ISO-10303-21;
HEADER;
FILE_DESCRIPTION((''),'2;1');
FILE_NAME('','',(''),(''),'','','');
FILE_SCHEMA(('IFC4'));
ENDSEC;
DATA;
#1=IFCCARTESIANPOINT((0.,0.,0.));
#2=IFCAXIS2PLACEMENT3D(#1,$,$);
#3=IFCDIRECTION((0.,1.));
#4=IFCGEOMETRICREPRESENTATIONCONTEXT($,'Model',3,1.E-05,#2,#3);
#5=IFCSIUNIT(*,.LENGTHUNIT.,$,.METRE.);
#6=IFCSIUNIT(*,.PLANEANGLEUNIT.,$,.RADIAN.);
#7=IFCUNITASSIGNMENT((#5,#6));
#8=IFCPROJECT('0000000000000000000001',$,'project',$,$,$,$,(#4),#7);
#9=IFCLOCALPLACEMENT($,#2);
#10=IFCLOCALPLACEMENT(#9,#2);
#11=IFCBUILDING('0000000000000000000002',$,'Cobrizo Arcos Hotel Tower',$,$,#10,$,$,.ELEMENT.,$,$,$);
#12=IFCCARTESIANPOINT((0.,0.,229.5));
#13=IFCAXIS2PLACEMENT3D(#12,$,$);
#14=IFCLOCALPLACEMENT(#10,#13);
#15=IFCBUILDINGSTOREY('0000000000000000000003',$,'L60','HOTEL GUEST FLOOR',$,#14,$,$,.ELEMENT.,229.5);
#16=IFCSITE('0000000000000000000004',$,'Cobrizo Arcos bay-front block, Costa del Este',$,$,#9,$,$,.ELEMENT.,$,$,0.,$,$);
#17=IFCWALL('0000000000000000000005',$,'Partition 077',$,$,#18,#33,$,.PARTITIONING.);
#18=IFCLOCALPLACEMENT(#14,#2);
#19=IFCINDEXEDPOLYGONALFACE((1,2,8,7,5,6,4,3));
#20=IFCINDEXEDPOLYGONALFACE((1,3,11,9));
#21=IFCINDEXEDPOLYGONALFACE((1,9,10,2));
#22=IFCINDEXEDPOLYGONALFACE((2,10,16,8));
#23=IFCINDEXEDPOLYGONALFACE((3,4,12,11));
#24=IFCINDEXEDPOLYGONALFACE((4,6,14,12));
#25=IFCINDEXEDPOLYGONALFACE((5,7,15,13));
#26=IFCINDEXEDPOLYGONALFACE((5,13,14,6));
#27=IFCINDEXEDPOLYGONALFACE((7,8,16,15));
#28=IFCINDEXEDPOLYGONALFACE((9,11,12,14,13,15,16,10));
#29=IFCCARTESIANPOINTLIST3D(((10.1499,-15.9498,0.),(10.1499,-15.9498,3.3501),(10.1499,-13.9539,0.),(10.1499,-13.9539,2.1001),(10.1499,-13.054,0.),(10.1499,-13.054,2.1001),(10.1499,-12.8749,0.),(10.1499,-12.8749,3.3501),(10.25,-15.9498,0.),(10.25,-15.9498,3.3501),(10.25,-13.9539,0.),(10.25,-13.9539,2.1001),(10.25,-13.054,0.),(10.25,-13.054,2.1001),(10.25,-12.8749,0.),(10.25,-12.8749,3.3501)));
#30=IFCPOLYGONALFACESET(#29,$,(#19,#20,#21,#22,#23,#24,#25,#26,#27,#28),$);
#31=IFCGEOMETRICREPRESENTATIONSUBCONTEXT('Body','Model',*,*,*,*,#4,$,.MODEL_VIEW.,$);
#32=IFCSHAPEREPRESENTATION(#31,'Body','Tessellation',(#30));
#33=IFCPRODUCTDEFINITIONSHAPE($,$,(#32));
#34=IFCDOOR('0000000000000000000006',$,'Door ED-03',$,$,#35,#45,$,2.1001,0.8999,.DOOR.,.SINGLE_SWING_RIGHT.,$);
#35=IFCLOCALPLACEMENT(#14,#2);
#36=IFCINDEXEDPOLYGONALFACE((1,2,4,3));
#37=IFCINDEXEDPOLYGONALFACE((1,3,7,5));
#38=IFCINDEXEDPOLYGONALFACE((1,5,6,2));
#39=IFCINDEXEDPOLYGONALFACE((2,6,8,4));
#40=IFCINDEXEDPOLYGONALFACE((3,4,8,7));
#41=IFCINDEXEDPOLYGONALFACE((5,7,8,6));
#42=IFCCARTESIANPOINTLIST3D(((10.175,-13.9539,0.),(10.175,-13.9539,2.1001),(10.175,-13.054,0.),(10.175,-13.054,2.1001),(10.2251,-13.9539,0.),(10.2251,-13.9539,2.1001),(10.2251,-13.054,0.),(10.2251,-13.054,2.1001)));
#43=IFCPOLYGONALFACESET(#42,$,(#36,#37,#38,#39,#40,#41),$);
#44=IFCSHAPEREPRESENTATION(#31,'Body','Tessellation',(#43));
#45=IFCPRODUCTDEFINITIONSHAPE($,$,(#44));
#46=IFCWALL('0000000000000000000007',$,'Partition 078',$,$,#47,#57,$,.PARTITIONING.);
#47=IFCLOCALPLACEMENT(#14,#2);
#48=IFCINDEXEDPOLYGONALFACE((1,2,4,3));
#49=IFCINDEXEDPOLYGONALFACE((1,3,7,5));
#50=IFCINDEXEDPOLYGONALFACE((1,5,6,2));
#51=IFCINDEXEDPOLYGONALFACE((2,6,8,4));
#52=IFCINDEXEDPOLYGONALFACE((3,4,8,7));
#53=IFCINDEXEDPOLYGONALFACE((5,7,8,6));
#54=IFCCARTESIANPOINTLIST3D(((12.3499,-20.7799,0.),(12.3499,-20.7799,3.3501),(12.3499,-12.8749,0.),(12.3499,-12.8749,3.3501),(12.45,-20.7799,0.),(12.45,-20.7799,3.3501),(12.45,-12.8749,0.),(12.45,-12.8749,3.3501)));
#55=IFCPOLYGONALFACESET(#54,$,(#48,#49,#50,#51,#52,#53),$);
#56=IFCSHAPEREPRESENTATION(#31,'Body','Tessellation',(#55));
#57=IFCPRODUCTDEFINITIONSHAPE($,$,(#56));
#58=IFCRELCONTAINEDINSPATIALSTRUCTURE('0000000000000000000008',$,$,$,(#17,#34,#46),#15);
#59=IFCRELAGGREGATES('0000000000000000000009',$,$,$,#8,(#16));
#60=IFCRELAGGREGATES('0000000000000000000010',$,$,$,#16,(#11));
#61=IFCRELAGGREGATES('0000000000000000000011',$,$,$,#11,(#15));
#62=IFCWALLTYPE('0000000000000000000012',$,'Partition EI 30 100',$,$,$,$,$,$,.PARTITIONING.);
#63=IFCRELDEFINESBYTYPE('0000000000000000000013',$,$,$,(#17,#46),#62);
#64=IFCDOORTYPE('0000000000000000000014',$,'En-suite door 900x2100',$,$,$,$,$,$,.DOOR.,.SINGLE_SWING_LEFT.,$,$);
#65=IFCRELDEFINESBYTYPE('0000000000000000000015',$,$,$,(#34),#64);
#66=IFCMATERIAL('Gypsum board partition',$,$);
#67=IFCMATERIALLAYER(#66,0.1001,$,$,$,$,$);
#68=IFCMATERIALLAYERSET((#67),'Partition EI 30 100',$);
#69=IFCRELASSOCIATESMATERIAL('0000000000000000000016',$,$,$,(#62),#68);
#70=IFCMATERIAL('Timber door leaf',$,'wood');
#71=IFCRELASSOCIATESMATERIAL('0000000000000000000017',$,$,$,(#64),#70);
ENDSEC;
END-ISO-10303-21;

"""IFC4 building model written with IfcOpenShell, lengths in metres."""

from ifc_helpers import new_model, si_unit, direction, frame, frame_2d, origin, place, context, subcontext, project, spatial, rectangle, extrude, material, layer, layer_set, type_object, element, fill, save


model = new_model("IFC4")

# Units and contexts
model_context = context("Model", 3, precision=1e-05, world=origin(), true_north=direction((0.0, 1.0)))
body_context = subcontext(model_context, "Body", "Model", "MODEL_VIEW")
ifc_project = project(units=[si_unit("LENGTHUNIT", "METRE"), si_unit("PLANEANGLEUNIT", "RADIAN")], contexts=[model_context])

# Site, building, storey
site_placement = place(None, origin())
site = spatial("IfcSite", under=ifc_project, at=site_placement, Name="Cobrizo Arcos bay-front block, Costa del Este", CompositionType="ELEMENT", RefElevation=0.0)
building_placement = place(site_placement, origin())
building = spatial("IfcBuilding", under=site, at=building_placement, Name="Cobrizo Arcos Hotel Tower", CompositionType="ELEMENT")
storey_placement = place(building_placement, frame((0.0, 0.0, 229.5)))
storey = spatial("IfcBuildingStorey", under=building, at=storey_placement, Name="L60", Description="HOTEL GUEST FLOOR", CompositionType="ELEMENT", Elevation=229.5)

# Shared definitions
ifc_material_1 = material(Name="Gypsum board partition")
ifc_layer_1 = layer(ifc_material_1, 0.1001)
ifc_layer_set_1 = layer_set([ifc_layer_1], Name="Partition EI 30 100")
wall_type = type_object("IfcWallType", Name="Partition EI 30 100", PredefinedType="PARTITIONING", material=ifc_layer_set_1)
ifc_material_2 = material(Name="Timber door leaf", Category="wood")
door_type = type_object("IfcDoorType", Name="En-suite door 900x2100", OperationType="SINGLE_SWING_LEFT", PredefinedType="DOOR", material=ifc_material_2)

# Wall, opening, door
wall_1_placement = place(storey_placement, frame((10.2, -15.95, 0.0), z_axis=(0.0, 0.0, 1.0), x_axis=(0.0, 1.0, 0.0)))
wall_1 = element("IfcWall", 1, at=wall_1_placement, inside=storey, type_object=wall_type, Name="Partition 077", PredefinedType="PARTITIONING", context=body_context, shape_type="SweptSolid", body=[
    extrude(rectangle(XDim=3.075, YDim=0.1001, at=frame_2d((1.5376, 0.0))), origin(), (0.0, 0.0, 1.0), 3.3501),
])
opening_1_placement = place(wall_1_placement, frame((1.9961, 0.0, 0.0)))
opening_1 = element("IfcOpeningElement", 2, at=opening_1_placement, cuts=wall_1, PredefinedType="OPENING", context=body_context, shape_type="SweptSolid", body=[
    extrude(rectangle(XDim=0.8999, YDim=2.1001, at=frame_2d((0.45, 1.05))), frame((0.0, 0.062, 0.0), z_axis=(0.0, -1.0, 0.0), x_axis=(1.0, 0.0, 0.0)), (0.0, 0.0, 1.0), 0.124),
])
door_1_placement = place(opening_1_placement, origin())
door_1 = element("IfcDoor", 3, at=door_1_placement, inside=storey, type_object=door_type, Name="Door ED-03", OperationType="SINGLE_SWING_RIGHT", OverallHeight=2.1001, OverallWidth=0.8999, PredefinedType="DOOR", context=body_context, shape_type="SweptSolid", body=[
    extrude(rectangle(XDim=0.8999, YDim=2.1001, at=frame_2d((0.45, 1.05))), frame((0.0, 0.0249, 0.0), z_axis=(0.0, -1.0, 0.0), x_axis=(1.0, 0.0, 0.0)), (0.0, 0.0, 1.0), 0.05),
])
fill(opening_1, door_1)

# Wall
wall_2_placement = place(storey_placement, frame((12.3999, -20.78, 0.0), z_axis=(0.0, 0.0, 1.0), x_axis=(0.0, 1.0, 0.0)))
element("IfcWall", 4, at=wall_2_placement, inside=storey, type_object=wall_type, Name="Partition 078", PredefinedType="PARTITIONING", context=body_context, shape_type="SweptSolid", body=[
    extrude(rectangle(XDim=7.905, YDim=0.1001, at=frame_2d((3.9526, 0.0))), origin(), (0.0, 0.0, 1.0), 3.3501),
])

save(model, "model.ifc")
